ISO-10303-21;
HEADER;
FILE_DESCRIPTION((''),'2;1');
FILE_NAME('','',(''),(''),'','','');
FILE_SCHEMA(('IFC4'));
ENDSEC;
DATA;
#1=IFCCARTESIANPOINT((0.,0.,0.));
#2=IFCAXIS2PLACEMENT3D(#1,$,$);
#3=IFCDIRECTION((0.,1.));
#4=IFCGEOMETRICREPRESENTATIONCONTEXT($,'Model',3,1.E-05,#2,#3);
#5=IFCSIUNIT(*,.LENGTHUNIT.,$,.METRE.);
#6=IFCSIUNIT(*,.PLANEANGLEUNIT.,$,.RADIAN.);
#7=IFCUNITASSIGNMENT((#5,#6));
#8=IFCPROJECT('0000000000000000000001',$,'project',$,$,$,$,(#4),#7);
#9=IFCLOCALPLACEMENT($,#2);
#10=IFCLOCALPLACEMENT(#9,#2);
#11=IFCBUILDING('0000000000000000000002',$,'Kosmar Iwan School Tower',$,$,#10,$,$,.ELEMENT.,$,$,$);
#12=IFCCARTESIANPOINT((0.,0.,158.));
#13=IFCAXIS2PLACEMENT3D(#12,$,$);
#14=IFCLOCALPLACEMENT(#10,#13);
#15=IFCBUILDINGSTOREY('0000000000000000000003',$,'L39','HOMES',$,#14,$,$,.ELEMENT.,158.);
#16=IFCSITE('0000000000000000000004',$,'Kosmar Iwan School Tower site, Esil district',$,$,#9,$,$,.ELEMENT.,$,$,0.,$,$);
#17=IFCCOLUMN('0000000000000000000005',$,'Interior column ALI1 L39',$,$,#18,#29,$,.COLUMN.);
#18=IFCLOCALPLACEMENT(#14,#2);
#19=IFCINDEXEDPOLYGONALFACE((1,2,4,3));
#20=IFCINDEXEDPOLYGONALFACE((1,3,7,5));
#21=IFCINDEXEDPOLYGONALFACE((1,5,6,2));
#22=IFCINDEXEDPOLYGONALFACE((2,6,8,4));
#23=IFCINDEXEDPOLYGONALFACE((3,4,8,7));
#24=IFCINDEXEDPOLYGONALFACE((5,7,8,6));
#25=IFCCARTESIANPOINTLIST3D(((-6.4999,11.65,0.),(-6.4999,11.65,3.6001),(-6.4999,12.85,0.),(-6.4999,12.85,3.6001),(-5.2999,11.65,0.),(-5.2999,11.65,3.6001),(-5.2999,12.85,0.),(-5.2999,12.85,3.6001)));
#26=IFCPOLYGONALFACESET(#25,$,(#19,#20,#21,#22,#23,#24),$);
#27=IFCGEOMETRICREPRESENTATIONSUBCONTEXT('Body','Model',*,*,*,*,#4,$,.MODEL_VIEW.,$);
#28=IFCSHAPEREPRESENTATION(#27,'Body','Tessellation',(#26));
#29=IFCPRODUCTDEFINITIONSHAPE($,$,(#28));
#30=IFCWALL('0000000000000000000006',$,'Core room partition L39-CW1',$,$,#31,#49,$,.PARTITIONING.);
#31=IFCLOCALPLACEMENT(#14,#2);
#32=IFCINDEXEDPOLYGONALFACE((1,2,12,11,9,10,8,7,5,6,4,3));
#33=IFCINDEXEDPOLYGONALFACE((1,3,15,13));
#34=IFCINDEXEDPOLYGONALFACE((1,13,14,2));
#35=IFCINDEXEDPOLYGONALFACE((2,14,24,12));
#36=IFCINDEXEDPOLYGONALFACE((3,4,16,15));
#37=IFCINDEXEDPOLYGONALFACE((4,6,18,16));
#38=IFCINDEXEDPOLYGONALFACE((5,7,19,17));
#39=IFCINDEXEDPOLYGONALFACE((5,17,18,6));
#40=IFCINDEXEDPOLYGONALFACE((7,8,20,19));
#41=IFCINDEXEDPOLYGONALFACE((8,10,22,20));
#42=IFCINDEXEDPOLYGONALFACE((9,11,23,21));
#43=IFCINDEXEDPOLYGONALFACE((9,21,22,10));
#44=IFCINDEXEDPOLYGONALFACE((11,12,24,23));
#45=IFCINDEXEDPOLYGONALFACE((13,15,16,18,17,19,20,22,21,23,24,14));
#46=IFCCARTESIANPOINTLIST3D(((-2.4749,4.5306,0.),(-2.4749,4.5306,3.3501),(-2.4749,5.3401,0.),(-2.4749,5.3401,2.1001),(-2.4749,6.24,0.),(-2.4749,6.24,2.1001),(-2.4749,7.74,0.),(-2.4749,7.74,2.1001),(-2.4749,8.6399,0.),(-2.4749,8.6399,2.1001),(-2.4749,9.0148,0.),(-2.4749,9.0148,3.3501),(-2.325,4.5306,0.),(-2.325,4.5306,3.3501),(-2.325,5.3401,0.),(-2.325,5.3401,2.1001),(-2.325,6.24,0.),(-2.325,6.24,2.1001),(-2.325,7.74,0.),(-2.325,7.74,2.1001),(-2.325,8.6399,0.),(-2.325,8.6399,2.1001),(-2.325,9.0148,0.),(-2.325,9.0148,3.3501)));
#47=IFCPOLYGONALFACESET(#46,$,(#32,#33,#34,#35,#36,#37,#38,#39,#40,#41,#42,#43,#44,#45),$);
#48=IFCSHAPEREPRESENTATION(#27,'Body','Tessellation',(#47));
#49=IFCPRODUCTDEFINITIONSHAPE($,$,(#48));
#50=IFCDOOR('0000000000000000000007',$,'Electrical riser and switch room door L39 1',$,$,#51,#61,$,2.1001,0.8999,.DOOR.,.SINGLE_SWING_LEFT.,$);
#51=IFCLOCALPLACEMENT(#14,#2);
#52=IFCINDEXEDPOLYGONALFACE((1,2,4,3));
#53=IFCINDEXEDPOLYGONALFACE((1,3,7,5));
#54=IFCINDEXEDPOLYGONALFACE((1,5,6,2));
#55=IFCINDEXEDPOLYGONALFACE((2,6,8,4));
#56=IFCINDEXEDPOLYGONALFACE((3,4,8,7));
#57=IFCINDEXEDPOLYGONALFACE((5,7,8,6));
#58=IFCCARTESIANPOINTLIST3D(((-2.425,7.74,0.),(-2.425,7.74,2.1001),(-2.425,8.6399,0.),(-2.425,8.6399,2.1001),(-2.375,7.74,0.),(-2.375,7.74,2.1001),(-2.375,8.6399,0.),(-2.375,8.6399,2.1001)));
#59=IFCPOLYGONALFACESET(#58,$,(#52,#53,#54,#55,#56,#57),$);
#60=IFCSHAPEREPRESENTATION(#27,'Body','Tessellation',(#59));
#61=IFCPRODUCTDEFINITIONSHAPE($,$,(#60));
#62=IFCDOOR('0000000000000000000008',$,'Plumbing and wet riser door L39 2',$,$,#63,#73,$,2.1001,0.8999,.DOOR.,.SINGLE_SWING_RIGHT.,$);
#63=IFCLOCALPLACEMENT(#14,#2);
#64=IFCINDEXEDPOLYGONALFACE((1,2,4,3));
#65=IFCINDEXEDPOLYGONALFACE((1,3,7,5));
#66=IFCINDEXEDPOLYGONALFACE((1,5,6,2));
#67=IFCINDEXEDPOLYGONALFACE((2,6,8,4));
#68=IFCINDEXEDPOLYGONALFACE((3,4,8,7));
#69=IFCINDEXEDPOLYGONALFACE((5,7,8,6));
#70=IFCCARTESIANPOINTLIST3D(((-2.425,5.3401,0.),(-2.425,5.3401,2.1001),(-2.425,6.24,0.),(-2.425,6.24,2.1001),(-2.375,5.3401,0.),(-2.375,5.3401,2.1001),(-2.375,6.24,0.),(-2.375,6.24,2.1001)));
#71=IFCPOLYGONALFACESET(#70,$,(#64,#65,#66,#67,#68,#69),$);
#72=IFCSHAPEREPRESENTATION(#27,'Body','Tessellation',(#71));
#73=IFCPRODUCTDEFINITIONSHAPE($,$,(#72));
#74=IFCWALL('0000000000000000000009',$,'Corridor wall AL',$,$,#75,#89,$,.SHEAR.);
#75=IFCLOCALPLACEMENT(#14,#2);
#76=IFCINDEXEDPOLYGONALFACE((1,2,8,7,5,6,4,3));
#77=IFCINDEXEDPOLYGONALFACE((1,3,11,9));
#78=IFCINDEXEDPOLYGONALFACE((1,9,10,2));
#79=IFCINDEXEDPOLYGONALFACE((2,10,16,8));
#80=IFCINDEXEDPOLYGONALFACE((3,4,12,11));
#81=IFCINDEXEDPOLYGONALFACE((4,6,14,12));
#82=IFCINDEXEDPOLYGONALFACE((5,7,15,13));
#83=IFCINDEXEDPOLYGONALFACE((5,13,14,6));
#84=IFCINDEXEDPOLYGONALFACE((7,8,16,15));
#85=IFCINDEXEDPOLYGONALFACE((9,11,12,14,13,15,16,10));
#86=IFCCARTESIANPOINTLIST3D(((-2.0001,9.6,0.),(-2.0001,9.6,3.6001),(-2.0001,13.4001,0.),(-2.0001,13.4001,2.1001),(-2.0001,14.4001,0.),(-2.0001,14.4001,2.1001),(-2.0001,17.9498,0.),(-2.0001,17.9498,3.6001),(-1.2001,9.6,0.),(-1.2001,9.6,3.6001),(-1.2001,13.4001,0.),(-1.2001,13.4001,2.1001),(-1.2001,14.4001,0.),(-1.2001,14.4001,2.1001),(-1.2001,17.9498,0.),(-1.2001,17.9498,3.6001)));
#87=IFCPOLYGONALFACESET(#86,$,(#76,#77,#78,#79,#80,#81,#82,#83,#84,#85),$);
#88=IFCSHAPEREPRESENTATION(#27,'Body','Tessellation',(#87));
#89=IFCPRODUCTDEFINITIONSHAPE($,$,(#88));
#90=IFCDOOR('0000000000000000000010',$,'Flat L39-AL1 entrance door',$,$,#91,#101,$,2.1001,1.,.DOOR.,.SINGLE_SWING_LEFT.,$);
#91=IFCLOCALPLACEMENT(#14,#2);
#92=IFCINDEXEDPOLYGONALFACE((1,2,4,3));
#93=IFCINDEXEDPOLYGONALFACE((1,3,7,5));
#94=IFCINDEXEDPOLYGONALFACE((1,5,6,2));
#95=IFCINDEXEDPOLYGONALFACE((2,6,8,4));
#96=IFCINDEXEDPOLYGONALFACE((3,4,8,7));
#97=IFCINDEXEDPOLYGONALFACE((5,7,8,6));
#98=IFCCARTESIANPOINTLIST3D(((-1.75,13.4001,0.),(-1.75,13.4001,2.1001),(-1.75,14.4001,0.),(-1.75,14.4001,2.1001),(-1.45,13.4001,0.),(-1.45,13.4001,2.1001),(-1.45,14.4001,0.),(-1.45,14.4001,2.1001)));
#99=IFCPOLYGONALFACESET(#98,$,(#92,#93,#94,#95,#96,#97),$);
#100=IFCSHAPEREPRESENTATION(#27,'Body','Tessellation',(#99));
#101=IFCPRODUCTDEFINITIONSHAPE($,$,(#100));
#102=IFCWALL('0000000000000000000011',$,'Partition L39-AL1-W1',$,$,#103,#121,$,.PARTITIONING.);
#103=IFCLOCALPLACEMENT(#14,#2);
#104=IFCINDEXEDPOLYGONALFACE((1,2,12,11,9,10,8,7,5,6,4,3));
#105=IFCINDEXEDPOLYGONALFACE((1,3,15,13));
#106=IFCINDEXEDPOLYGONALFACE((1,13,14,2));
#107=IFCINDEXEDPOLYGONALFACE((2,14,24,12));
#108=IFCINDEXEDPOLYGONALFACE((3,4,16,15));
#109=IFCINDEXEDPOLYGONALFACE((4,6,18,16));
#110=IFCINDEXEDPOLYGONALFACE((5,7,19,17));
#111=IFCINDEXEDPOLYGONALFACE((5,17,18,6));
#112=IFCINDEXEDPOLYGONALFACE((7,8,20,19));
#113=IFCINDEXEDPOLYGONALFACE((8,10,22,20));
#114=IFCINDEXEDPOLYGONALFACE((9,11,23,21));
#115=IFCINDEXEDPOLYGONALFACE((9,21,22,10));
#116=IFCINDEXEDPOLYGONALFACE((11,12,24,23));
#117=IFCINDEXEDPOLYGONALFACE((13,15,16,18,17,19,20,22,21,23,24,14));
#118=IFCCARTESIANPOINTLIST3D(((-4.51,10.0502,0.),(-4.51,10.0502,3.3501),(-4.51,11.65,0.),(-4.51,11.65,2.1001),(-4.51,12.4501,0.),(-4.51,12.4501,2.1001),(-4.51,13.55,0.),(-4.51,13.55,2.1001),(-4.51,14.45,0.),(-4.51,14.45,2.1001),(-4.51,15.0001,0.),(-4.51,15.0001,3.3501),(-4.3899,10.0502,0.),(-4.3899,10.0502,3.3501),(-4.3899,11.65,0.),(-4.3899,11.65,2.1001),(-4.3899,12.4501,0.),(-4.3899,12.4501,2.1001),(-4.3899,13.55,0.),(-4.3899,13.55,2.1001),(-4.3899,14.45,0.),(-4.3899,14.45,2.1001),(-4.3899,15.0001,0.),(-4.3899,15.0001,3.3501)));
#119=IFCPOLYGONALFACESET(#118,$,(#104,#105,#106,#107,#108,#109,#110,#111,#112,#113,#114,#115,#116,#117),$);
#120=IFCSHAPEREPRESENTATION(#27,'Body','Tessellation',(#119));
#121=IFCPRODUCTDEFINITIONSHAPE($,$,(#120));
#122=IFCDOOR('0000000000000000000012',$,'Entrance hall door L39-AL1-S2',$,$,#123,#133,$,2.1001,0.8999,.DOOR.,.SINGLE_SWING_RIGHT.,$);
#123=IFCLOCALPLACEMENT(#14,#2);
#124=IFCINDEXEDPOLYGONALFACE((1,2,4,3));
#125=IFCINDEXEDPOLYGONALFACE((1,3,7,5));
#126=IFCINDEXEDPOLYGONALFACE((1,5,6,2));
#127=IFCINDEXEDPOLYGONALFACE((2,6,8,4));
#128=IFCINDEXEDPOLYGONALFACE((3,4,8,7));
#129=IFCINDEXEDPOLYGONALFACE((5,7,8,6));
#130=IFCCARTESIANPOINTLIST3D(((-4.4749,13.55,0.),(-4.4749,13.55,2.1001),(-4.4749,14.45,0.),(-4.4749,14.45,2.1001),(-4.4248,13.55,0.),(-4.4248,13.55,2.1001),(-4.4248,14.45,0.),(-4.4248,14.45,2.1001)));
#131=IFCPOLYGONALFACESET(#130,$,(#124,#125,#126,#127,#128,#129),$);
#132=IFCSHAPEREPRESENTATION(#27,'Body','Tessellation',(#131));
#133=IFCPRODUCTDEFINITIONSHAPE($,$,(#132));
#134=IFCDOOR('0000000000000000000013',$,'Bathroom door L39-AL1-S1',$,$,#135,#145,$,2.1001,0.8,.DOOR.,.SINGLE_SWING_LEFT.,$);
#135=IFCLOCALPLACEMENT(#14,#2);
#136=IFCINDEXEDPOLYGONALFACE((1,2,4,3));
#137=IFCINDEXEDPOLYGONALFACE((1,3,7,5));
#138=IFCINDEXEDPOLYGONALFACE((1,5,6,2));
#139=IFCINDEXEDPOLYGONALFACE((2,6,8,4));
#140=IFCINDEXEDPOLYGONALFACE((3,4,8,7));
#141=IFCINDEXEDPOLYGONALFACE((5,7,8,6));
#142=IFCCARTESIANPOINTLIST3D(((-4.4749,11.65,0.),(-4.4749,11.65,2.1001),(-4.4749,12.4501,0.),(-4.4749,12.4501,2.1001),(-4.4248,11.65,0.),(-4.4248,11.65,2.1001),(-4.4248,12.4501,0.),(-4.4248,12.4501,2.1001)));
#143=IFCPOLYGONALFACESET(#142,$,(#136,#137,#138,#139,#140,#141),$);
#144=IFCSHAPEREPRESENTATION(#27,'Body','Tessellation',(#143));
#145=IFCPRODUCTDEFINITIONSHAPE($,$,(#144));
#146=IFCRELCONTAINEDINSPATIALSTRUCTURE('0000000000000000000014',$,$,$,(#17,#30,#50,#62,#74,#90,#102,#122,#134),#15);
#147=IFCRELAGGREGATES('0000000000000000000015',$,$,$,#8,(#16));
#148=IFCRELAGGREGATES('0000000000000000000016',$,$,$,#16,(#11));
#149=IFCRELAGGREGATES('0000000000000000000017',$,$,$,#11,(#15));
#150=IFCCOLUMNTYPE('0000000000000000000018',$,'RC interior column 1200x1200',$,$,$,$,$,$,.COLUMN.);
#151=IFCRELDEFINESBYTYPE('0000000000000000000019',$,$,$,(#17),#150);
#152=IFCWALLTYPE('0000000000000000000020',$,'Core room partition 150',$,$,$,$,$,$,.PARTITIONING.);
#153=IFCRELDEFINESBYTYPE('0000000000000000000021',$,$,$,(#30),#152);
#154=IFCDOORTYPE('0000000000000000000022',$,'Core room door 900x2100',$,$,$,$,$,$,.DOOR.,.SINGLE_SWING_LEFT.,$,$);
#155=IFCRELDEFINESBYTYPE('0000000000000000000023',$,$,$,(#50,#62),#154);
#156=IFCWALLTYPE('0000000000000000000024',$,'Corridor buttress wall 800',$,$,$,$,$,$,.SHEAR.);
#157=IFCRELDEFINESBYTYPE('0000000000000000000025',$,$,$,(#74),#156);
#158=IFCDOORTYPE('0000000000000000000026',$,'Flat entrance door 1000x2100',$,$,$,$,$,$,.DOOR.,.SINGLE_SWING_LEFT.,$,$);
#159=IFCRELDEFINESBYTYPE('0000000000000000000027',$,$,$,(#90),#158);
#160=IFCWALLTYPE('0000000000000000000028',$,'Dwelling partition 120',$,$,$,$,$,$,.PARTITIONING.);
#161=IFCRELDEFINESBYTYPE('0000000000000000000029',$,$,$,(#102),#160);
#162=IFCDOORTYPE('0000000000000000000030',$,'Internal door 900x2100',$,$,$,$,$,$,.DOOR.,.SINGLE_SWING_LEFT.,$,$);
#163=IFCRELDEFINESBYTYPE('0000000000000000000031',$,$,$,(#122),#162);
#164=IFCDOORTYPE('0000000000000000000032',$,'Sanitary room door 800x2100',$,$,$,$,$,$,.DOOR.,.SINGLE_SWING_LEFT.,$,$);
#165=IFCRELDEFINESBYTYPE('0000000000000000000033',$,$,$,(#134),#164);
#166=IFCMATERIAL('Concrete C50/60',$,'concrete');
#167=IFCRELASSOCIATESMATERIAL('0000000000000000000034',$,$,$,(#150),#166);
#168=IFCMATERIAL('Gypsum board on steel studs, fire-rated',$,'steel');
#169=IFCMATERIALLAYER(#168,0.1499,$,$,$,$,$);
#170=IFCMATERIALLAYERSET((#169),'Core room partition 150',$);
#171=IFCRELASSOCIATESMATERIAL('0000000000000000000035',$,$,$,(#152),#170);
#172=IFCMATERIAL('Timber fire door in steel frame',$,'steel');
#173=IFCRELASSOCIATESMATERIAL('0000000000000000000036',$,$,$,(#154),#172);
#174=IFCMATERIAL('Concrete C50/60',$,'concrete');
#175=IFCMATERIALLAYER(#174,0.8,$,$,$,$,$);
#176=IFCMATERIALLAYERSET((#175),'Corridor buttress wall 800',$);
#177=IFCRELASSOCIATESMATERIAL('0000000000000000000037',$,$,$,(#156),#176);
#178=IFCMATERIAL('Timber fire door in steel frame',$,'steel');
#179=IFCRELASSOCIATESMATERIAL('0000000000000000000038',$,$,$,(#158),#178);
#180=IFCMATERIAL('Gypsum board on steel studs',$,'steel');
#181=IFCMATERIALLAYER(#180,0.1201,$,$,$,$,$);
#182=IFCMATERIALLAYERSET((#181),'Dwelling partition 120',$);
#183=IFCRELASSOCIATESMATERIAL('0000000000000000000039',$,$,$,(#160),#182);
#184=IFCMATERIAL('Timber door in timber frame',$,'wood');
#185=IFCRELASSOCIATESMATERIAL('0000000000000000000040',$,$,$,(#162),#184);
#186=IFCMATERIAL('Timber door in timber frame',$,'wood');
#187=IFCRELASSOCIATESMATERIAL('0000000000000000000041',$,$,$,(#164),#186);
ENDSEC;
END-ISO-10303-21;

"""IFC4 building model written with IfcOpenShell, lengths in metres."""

from ifc_helpers import new_model, si_unit, direction, frame, frame_2d, origin, origin_2d, place, context, subcontext, project, spatial, rectangle, extrude, material, layer, layer_set, material_profile, profile_set, type_object, element, fill, save


model = new_model("IFC4")

# Units and contexts
model_context = context("Model", 3, precision=1e-05, world=origin(), true_north=direction((0.0, 1.0)))
body_context = subcontext(model_context, "Body", "Model", "MODEL_VIEW")
ifc_project = project(units=[si_unit("LENGTHUNIT", "METRE"), si_unit("PLANEANGLEUNIT", "RADIAN")], contexts=[model_context])

# Site, building, storey
site_placement = place(None, origin())
site = spatial("IfcSite", under=ifc_project, at=site_placement, Name="Kosmar Iwan School Tower site, Esil district", CompositionType="ELEMENT", RefElevation=0.0)
building_placement = place(site_placement, origin())
building = spatial("IfcBuilding", under=site, at=building_placement, Name="Kosmar Iwan School Tower", CompositionType="ELEMENT")
storey_placement = place(building_placement, frame((0.0, 0.0, 158.0)))
storey = spatial("IfcBuildingStorey", under=building, at=storey_placement, Name="L39", Description="HOMES", CompositionType="ELEMENT", Elevation=158.0)

# Column
ifc_material_1 = material(Name="Concrete C50/60", Category="concrete")
ifc_material_profile = material_profile(ifc_material_1, rectangle(XDim=1.2, YDim=1.2, at=origin_2d()), Name="RC 1200x1200")
ifc_profile_set = profile_set([ifc_material_profile], Name="Concrete C50/60")
column_type = type_object("IfcColumnType", Name="RC interior column 1200x1200", PredefinedType="COLUMN", material=ifc_profile_set)
column_placement = place(storey_placement, frame((-5.8999, 12.25, 0.0), z_axis=(0.0, 0.0, 1.0), x_axis=(0.0, 1.0, 0.0)))
element("IfcColumn", 1, at=column_placement, inside=storey, type_object=column_type, Name="Interior column ALI1 L39", PredefinedType="COLUMN", context=body_context, shape_type="SweptSolid", body=[
    extrude(rectangle(XDim=1.2, YDim=1.2, at=origin_2d()), origin(), (0.0, 0.0, 1.0), 3.6001),
])

# Wall, openings, doors
ifc_material_2 = material(Name="Gypsum board on steel studs, fire-rated", Category="steel")
ifc_layer_1 = layer(ifc_material_2, 0.1499)
ifc_layer_set_1 = layer_set([ifc_layer_1], Name="Core room partition 150")
wall_type_1 = type_object("IfcWallType", Name="Core room partition 150", PredefinedType="PARTITIONING", material=ifc_layer_set_1)
wall_1_placement = place(storey_placement, frame((-2.3999, 9.0149, 0.0), z_axis=(0.0, 0.0, 1.0), x_axis=(0.0, -1.0, 0.0)))
wall_1 = element("IfcWall", 2, at=wall_1_placement, inside=storey, type_object=wall_type_1, Name="Core room partition L39-CW1", PredefinedType="PARTITIONING", context=body_context, shape_type="SweptSolid", body=[
    extrude(rectangle(XDim=4.4841, YDim=0.1499, at=frame_2d((2.2422, 0.0))), origin(), (0.0, 0.0, 1.0), 3.3501),
])
opening_1_placement = place(wall_1_placement, frame((0.375, 0.0, 0.0)))
opening_1 = element("IfcOpeningElement", 3, at=opening_1_placement, cuts=wall_1, PredefinedType="OPENING", context=body_context, shape_type="SweptSolid", body=[
    extrude(rectangle(XDim=0.8999, YDim=2.1001, at=frame_2d((0.45, 1.05))), frame((0.0, 0.0869, 0.0), z_axis=(0.0, -1.0, 0.0), x_axis=(1.0, 0.0, 0.0)), (0.0, 0.0, 1.0), 0.1738),
])
opening_2_placement = place(wall_1_placement, frame((2.7749, 0.0, 0.0)))
opening_2 = element("IfcOpeningElement", 4, at=opening_2_placement, cuts=wall_1, PredefinedType="OPENING", context=body_context, shape_type="SweptSolid", body=[
    extrude(rectangle(XDim=0.8999, YDim=2.1001, at=frame_2d((0.45, 1.05))), frame((0.0, 0.0869, 0.0), z_axis=(0.0, -1.0, 0.0), x_axis=(1.0, 0.0, 0.0)), (0.0, 0.0, 1.0), 0.1738),
])
ifc_material_3 = material(Name="Timber fire door in steel frame", Category="steel")
door_type_1 = type_object("IfcDoorType", Name="Core room door 900x2100", OperationType="SINGLE_SWING_LEFT", PredefinedType="DOOR", material=ifc_material_3)
door_1_placement = place(opening_1_placement, origin())
door_1 = element("IfcDoor", 5, at=door_1_placement, inside=storey, type_object=door_type_1, Name="Electrical riser and switch room door L39 1", OperationType="SINGLE_SWING_LEFT", OverallHeight=2.1001, OverallWidth=0.8999, PredefinedType="DOOR", context=body_context, shape_type="SweptSolid", body=[
    extrude(rectangle(XDim=0.8999, YDim=2.1001, at=frame_2d((0.45, 1.05))), frame((0.0, 0.0249, 0.0), z_axis=(0.0, -1.0, 0.0), x_axis=(1.0, 0.0, 0.0)), (0.0, 0.0, 1.0), 0.05),
])
fill(opening_1, door_1)
door_2_placement = place(opening_2_placement, origin())
door_2 = element("IfcDoor", 6, at=door_2_placement, inside=storey, type_object=door_type_1, Name="Plumbing and wet riser door L39 2", OperationType="SINGLE_SWING_RIGHT", OverallHeight=2.1001, OverallWidth=0.8999, PredefinedType="DOOR", context=body_context, shape_type="SweptSolid", body=[
    extrude(rectangle(XDim=0.8999, YDim=2.1001, at=frame_2d((0.45, 1.05))), frame((0.0, 0.0249, 0.0), z_axis=(0.0, -1.0, 0.0), x_axis=(1.0, 0.0, 0.0)), (0.0, 0.0, 1.0), 0.05),
])
fill(opening_2, door_2)

# Wall, opening, door
ifc_material_4 = material(Name="Concrete C50/60", Category="concrete")
ifc_layer_2 = layer(ifc_material_4, 0.8)
ifc_layer_set_2 = layer_set([ifc_layer_2], Name="Corridor buttress wall 800")
wall_type_2 = type_object("IfcWallType", Name="Corridor buttress wall 800", PredefinedType="SHEAR", material=ifc_layer_set_2)
wall_2_placement = place(storey_placement, frame((-1.6001, 9.6001, 0.0), z_axis=(0.0, 0.0, 1.0), x_axis=(0.0, 1.0, 0.0)))
wall_2 = element("IfcWall", 7, at=wall_2_placement, inside=storey, type_object=wall_type_2, Name="Corridor wall AL", PredefinedType="SHEAR", context=body_context, shape_type="SweptSolid", body=[
    extrude(rectangle(XDim=8.3499, YDim=0.8, at=frame_2d((4.1748, 0.0))), origin(), (0.0, 0.0, 1.0), 3.6001),
])
opening_3_placement = place(wall_2_placement, frame((3.8, 0.0, 0.0)))
opening_3 = element("IfcOpeningElement", 8, at=opening_3_placement, cuts=wall_2, PredefinedType="OPENING", context=body_context, shape_type="SweptSolid", body=[
    extrude(rectangle(XDim=1.0, YDim=2.1001, at=frame_2d((0.5, 1.05))), frame((0.0, 0.4121, 0.0), z_axis=(0.0, -1.0, 0.0), x_axis=(1.0, 0.0, 0.0)), (0.0, 0.0, 1.0), 0.824),
])
ifc_material_5 = material(Name="Timber fire door in steel frame", Category="steel")
door_type_2 = type_object("IfcDoorType", Name="Flat entrance door 1000x2100", OperationType="SINGLE_SWING_LEFT", PredefinedType="DOOR", material=ifc_material_5)
door_3_placement = place(opening_3_placement, origin())
door_3 = element("IfcDoor", 9, at=door_3_placement, inside=storey, type_object=door_type_2, Name="Flat L39-AL1 entrance door", OperationType="SINGLE_SWING_LEFT", OverallHeight=2.1001, OverallWidth=1.0, PredefinedType="DOOR", context=body_context, shape_type="SweptSolid", body=[
    extrude(rectangle(XDim=1.0, YDim=2.1001, at=frame_2d((0.5, 1.05))), frame((0.0, 0.1499, 0.0), z_axis=(0.0, -1.0, 0.0), x_axis=(1.0, 0.0, 0.0)), (0.0, 0.0, 1.0), 0.3),
])
fill(opening_3, door_3)

# Wall, openings, doors
ifc_material_6 = material(Name="Gypsum board on steel studs", Category="steel")
ifc_layer_3 = layer(ifc_material_6, 0.1201)
ifc_layer_set_3 = layer_set([ifc_layer_3], Name="Dwelling partition 120")
wall_type_3 = type_object("IfcWallType", Name="Dwelling partition 120", PredefinedType="PARTITIONING", material=ifc_layer_set_3)
wall_3_placement = place(storey_placement, frame((-4.45, 10.05, 0.0), z_axis=(0.0, 0.0, 1.0), x_axis=(0.0, 1.0, 0.0)))
wall_3 = element("IfcWall", 10, at=wall_3_placement, inside=storey, type_object=wall_type_3, Name="Partition L39-AL1-W1", PredefinedType="PARTITIONING", context=body_context, shape_type="SweptSolid", body=[
    extrude(rectangle(XDim=4.95, YDim=0.1201, at=frame_2d((2.4751, 0.0))), origin(), (0.0, 0.0, 1.0), 3.3501),
])
opening_4_placement = place(wall_3_placement, frame((1.6001, 0.0, 0.0)))
opening_4 = element("IfcOpeningElement", 11, at=opening_4_placement, cuts=wall_3, PredefinedType="OPENING", context=body_context, shape_type="SweptSolid", body=[
    extrude(rectangle(XDim=0.8, YDim=2.1001, at=frame_2d((0.3999, 1.05))), frame((0.0, 0.072, 0.0), z_axis=(0.0, -1.0, 0.0), x_axis=(1.0, 0.0, 0.0)), (0.0, 0.0, 1.0), 0.144),
])
opening_5_placement = place(wall_3_placement, frame((3.5, 0.0, 0.0)))
opening_5 = element("IfcOpeningElement", 12, at=opening_5_placement, cuts=wall_3, PredefinedType="OPENING", context=body_context, shape_type="SweptSolid", body=[
    extrude(rectangle(XDim=0.8999, YDim=2.1001, at=frame_2d((0.45, 1.05))), frame((0.0, 0.072, 0.0), z_axis=(0.0, -1.0, 0.0), x_axis=(1.0, 0.0, 0.0)), (0.0, 0.0, 1.0), 0.144),
])
ifc_material_7 = material(Name="Timber door in timber frame", Category="wood")
door_type_3 = type_object("IfcDoorType", Name="Internal door 900x2100", OperationType="SINGLE_SWING_LEFT", PredefinedType="DOOR", material=ifc_material_7)
door_4_placement = place(opening_5_placement, origin())
door_4 = element("IfcDoor", 13, at=door_4_placement, inside=storey, type_object=door_type_3, Name="Entrance hall door L39-AL1-S2", OperationType="SINGLE_SWING_RIGHT", OverallHeight=2.1001, OverallWidth=0.8999, PredefinedType="DOOR", context=body_context, shape_type="SweptSolid", body=[
    extrude(rectangle(XDim=0.8999, YDim=2.1001, at=frame_2d((0.45, 1.05))), frame((0.0, 0.0249, 0.0), z_axis=(0.0, -1.0, 0.0), x_axis=(1.0, 0.0, 0.0)), (0.0, 0.0, 1.0), 0.05),
])
fill(opening_5, door_4)
ifc_material_8 = material(Name="Timber door in timber frame", Category="wood")
door_type_4 = type_object("IfcDoorType", Name="Sanitary room door 800x2100", OperationType="SINGLE_SWING_LEFT", PredefinedType="DOOR", material=ifc_material_8)
door_5_placement = place(opening_4_placement, origin())
door_5 = element("IfcDoor", 14, at=door_5_placement, inside=storey, type_object=door_type_4, Name="Bathroom door L39-AL1-S1", OperationType="SINGLE_SWING_LEFT", OverallHeight=2.1001, OverallWidth=0.8, PredefinedType="DOOR", context=body_context, shape_type="SweptSolid", body=[
    extrude(rectangle(XDim=0.8, YDim=2.1001, at=frame_2d((0.3999, 1.05))), frame((0.0, 0.0249, 0.0), z_axis=(0.0, -1.0, 0.0), x_axis=(1.0, 0.0, 0.0)), (0.0, 0.0, 1.0), 0.05),
])
fill(opening_4, door_5)

save(model, "model.ifc")
